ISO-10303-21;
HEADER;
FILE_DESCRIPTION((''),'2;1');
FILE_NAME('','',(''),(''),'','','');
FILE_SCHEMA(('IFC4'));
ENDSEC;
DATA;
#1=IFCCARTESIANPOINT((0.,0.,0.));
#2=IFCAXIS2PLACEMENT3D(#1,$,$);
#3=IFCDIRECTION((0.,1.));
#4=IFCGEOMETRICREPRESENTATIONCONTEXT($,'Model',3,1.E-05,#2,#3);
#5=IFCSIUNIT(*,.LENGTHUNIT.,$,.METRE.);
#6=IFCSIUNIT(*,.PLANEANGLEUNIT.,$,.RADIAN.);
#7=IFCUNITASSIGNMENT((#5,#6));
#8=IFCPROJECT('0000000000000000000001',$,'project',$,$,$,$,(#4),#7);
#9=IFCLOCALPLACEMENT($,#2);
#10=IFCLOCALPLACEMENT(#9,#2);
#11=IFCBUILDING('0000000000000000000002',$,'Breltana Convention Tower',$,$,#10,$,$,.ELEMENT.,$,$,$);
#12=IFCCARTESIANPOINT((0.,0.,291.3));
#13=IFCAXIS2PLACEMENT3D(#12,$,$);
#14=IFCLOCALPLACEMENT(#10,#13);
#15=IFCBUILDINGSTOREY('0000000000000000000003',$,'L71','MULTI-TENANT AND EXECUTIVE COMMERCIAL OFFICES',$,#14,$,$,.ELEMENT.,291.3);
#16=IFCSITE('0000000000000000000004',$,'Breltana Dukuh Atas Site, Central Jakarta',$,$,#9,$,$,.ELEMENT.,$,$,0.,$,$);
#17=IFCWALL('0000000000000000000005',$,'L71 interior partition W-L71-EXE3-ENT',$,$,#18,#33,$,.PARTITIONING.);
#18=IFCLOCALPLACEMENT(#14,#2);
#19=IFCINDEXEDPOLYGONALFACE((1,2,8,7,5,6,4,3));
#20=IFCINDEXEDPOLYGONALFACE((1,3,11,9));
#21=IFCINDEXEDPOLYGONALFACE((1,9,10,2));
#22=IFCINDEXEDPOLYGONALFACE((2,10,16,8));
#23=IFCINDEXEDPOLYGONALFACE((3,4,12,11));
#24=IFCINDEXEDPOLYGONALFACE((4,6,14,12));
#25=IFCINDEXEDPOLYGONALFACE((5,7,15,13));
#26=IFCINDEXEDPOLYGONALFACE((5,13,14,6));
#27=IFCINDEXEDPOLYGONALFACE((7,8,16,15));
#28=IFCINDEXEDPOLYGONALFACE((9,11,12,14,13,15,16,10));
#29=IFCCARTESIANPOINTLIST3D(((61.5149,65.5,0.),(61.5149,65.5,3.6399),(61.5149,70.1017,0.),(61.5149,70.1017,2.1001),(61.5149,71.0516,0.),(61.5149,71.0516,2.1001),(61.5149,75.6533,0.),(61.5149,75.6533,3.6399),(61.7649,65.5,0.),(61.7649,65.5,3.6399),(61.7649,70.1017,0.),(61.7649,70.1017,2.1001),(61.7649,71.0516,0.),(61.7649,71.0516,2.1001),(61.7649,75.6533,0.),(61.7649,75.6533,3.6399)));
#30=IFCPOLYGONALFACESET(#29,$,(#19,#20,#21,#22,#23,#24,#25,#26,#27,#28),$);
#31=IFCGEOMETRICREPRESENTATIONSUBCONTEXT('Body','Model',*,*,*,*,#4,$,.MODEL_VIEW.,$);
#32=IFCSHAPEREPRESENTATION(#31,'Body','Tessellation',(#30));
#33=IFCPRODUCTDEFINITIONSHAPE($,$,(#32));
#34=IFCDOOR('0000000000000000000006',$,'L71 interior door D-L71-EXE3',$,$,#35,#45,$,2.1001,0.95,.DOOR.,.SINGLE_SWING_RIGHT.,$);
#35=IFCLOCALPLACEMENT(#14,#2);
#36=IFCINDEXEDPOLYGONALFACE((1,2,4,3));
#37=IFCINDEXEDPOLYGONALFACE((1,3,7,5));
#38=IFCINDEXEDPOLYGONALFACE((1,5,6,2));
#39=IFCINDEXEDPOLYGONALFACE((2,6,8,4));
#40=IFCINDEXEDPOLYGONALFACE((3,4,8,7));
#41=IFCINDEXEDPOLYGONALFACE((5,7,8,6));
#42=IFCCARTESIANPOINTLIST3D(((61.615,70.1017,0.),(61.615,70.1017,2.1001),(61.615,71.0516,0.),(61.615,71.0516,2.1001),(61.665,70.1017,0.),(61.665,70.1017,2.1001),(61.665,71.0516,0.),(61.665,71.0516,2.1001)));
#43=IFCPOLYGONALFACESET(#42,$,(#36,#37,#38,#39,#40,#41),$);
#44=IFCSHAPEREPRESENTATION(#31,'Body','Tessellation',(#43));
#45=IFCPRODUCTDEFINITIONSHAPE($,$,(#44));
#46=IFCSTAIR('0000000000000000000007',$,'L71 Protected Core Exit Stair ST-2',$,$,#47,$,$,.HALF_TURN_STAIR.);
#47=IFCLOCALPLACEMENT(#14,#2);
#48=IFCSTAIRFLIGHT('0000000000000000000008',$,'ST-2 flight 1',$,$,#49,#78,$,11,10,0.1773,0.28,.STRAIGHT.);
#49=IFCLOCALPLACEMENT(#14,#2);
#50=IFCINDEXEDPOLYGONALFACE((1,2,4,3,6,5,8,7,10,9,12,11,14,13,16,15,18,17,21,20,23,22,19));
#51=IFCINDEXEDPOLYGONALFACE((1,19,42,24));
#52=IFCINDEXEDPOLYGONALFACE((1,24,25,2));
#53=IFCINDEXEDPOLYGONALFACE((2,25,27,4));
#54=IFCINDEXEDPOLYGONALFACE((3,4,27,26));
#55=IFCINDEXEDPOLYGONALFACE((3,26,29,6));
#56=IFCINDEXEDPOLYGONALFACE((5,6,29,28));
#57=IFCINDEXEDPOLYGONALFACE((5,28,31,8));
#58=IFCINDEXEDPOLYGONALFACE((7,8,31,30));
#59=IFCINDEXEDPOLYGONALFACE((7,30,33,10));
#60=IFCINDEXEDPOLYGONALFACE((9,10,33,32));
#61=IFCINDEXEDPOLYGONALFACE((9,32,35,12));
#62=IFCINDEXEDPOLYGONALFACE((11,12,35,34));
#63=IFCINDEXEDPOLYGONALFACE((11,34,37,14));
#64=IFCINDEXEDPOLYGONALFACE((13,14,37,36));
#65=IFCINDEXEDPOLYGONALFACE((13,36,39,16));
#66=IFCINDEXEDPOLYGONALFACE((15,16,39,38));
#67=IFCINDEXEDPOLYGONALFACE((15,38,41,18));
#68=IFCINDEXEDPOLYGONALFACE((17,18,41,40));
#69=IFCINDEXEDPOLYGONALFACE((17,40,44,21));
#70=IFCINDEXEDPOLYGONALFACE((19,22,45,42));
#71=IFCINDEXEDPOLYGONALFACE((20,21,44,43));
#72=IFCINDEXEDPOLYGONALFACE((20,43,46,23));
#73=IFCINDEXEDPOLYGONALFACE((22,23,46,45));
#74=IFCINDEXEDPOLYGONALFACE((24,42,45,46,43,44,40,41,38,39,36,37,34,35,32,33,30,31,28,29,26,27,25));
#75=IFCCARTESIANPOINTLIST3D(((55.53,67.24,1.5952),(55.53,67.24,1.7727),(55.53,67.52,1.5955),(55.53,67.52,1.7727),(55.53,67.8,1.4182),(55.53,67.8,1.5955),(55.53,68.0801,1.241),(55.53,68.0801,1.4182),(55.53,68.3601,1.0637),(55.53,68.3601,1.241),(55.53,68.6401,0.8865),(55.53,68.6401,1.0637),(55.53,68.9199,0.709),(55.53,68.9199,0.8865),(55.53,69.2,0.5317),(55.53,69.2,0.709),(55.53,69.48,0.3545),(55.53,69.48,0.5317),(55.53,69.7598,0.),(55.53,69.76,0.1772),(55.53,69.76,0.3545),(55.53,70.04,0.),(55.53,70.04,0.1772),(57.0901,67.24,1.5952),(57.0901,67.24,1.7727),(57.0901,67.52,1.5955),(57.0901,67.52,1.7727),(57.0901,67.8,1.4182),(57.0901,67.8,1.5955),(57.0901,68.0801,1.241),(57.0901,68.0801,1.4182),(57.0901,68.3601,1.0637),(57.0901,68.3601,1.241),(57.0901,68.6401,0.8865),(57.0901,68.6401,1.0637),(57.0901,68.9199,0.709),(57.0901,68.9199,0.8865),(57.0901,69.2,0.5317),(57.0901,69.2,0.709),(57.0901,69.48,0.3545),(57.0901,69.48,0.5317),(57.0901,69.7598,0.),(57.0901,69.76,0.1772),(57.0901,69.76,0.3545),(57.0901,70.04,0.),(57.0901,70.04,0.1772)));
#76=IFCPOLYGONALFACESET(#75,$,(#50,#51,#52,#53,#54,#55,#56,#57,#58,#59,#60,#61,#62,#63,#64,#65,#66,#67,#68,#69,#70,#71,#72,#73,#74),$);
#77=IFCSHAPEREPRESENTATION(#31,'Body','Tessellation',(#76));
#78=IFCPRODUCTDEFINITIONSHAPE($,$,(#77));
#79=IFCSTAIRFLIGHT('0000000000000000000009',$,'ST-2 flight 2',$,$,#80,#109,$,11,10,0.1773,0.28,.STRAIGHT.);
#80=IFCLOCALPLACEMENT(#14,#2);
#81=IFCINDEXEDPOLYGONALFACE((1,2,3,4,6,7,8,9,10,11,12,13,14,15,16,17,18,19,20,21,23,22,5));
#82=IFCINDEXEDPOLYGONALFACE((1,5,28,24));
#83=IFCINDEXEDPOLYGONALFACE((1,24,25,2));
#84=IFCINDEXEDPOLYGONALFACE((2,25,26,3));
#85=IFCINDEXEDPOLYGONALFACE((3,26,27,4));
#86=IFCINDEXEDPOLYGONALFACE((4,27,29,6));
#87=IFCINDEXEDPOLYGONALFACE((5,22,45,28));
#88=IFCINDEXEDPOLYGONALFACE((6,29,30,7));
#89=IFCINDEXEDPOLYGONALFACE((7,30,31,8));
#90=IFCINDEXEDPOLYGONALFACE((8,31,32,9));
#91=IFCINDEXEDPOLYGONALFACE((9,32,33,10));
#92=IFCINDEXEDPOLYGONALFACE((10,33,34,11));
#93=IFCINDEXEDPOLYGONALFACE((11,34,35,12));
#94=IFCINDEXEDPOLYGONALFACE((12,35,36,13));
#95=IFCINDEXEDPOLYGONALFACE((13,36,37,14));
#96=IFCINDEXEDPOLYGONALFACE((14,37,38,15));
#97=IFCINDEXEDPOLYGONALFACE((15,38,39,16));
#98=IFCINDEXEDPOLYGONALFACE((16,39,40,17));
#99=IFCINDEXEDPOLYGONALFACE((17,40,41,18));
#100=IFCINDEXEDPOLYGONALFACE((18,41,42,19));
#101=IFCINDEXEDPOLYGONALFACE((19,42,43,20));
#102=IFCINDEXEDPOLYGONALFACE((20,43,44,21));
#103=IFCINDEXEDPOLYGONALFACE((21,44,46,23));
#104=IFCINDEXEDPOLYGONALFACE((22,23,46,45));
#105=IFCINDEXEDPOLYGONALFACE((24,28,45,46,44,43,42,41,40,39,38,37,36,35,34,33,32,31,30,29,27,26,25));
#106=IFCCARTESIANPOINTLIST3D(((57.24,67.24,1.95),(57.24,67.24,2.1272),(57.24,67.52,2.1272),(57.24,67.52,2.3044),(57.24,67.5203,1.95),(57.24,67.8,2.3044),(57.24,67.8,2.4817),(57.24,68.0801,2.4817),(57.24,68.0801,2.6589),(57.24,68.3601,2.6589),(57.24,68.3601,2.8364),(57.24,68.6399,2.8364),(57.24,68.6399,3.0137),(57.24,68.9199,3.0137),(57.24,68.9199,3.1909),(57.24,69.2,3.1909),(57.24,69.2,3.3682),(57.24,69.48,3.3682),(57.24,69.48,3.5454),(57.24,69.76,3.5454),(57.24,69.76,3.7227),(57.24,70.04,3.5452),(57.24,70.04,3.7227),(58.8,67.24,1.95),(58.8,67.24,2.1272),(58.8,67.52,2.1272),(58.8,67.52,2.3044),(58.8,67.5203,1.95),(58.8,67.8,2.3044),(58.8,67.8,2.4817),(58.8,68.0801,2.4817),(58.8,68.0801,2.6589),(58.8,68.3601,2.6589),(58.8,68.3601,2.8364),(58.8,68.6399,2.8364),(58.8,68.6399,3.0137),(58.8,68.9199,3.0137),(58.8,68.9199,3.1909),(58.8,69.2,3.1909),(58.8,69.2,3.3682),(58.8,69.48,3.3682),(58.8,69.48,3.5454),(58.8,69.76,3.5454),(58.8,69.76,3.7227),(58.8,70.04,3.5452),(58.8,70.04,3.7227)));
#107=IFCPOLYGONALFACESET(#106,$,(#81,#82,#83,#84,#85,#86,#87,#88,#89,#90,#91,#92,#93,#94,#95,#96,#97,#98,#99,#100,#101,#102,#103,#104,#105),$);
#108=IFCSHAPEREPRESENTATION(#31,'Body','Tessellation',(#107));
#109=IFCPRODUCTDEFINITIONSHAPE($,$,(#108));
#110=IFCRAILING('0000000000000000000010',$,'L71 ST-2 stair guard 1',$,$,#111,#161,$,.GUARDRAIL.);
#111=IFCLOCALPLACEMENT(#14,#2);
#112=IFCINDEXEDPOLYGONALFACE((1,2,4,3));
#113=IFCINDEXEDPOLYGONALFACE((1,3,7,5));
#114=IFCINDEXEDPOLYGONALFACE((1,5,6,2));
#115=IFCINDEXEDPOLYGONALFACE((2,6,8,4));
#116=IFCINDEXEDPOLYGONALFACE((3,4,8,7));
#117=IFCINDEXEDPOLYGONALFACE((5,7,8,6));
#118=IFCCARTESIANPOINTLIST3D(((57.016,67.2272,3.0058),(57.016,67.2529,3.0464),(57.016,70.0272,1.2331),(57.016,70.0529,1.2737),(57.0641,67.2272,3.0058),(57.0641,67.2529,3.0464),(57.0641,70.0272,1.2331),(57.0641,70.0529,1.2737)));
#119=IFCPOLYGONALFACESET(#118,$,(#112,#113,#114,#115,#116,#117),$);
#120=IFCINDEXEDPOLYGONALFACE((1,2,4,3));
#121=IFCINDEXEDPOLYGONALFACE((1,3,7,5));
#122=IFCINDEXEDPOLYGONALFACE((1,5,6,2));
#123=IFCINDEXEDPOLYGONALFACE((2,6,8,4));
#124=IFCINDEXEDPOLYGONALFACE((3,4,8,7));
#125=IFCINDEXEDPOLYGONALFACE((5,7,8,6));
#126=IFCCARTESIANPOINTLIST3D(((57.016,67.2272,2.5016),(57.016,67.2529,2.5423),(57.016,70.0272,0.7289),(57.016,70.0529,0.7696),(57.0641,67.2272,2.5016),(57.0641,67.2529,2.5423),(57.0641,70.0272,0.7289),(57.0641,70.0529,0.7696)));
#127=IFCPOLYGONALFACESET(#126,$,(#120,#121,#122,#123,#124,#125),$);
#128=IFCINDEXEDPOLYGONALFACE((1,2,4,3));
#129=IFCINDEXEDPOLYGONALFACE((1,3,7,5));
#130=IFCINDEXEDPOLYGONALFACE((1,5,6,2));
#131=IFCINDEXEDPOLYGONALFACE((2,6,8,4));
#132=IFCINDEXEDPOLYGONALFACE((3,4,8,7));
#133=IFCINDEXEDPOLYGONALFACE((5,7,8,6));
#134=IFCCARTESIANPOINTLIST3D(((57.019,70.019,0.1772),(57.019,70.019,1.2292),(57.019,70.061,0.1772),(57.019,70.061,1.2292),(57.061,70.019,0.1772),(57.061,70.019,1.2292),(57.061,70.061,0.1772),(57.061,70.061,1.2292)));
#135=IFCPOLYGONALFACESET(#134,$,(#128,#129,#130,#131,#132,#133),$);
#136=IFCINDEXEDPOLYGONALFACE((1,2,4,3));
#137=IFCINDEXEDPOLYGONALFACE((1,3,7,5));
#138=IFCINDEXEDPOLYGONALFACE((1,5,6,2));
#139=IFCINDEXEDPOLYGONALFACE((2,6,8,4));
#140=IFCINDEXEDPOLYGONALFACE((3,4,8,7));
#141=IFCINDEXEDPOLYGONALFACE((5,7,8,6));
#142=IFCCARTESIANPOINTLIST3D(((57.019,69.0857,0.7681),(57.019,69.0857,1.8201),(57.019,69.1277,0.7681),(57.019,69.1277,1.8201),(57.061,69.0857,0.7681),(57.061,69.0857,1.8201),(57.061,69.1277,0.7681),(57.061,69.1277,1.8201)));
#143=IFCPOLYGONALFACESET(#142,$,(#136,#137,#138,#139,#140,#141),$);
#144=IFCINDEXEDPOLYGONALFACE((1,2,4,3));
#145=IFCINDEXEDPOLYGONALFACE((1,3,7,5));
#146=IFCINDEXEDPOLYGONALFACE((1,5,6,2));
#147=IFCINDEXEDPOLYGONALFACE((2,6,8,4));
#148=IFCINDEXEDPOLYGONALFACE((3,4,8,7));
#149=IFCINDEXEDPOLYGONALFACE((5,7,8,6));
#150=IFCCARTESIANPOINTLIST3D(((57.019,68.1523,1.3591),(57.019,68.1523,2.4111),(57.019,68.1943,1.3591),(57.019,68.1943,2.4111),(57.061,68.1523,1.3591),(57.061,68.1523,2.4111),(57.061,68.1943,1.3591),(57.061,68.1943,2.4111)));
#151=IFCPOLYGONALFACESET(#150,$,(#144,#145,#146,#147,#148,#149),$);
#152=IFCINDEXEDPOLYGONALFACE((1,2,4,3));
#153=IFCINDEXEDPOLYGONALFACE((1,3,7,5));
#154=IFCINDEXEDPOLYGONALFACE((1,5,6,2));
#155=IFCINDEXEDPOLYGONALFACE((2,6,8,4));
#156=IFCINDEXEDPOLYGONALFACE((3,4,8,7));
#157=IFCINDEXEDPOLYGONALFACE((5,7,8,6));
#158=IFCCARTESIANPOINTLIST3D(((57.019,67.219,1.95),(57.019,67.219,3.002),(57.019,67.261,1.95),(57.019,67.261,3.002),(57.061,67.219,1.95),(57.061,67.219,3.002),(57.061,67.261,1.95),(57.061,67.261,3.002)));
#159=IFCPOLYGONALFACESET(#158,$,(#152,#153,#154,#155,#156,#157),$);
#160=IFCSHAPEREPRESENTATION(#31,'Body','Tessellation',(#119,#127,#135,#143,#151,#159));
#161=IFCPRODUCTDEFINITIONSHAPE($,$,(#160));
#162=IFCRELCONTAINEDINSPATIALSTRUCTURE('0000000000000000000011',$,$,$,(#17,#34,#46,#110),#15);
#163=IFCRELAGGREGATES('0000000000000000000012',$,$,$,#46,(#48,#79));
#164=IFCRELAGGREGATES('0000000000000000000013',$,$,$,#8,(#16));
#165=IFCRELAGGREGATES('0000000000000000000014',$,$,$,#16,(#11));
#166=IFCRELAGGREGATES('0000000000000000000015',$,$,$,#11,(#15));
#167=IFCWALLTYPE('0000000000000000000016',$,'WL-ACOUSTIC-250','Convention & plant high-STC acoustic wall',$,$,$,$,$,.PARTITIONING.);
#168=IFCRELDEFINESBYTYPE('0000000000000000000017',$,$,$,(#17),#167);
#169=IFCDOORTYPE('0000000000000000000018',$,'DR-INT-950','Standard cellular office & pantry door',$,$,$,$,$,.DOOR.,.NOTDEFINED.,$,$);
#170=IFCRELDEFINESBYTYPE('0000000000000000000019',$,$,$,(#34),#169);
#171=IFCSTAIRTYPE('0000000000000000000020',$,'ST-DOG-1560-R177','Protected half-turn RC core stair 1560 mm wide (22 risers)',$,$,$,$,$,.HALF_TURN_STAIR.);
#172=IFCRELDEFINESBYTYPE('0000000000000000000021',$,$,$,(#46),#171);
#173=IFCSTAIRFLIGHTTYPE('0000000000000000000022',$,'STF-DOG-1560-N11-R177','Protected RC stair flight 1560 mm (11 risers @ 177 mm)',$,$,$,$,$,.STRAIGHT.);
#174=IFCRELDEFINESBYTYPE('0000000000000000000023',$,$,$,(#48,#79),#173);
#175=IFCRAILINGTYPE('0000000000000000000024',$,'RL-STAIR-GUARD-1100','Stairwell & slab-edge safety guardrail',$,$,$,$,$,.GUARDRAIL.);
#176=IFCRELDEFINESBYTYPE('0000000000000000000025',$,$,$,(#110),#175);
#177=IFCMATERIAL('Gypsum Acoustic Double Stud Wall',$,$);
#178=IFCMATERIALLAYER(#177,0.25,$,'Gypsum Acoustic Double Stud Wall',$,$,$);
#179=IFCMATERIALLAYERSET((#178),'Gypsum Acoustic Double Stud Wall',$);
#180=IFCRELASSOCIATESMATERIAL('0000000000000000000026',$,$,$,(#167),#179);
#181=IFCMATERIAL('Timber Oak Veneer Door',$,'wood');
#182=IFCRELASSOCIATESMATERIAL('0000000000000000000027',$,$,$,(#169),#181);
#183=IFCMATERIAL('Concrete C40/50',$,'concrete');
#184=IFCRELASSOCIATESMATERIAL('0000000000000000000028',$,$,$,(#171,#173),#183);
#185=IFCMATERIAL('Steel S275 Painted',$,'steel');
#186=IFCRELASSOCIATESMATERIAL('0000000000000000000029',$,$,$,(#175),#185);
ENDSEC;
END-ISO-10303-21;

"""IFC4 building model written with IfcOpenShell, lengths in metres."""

from ifc_helpers import new_model, si_unit, direction, frame, frame_2d, origin, origin_2d, place, context, subcontext, project, spatial, polyline, rectangle, outline, extrude, source, transform, mapped, material, layer, layer_set, type_object, type_shapes, element, fill, aggregate, save


model = new_model("IFC4")

# Units and contexts
model_context = context("Model", 3, precision=1e-05, world=origin(), true_north=direction((0.0, 1.0)))
body_context = subcontext(model_context, "Body", "Model", "MODEL_VIEW")
ifc_project = project(units=[si_unit("LENGTHUNIT", "METRE"), si_unit("PLANEANGLEUNIT", "RADIAN")], contexts=[model_context])

# Site, building, storey
site_placement = place(None, origin())
site = spatial("IfcSite", under=ifc_project, at=site_placement, Name="Breltana Dukuh Atas Site, Central Jakarta", CompositionType="ELEMENT", RefElevation=0.0)
building_placement = place(site_placement, origin())
building = spatial("IfcBuilding", under=site, at=building_placement, Name="Breltana Convention Tower", CompositionType="ELEMENT")
storey_placement = place(building_placement, frame((0.0, 0.0, 291.3)))
storey = spatial("IfcBuildingStorey", under=building, at=storey_placement, Name="L71", Description="MULTI-TENANT AND EXECUTIVE COMMERCIAL OFFICES", CompositionType="ELEMENT", Elevation=291.3)

# Shared definitions
ifc_material_1 = material(Name="Gypsum Acoustic Double Stud Wall")
ifc_layer_1 = layer(ifc_material_1, 0.25, Name="Gypsum Acoustic Double Stud Wall")
ifc_layer_set_1 = layer_set([ifc_layer_1], Name="Gypsum Acoustic Double Stud Wall")
wall_type_1 = type_object("IfcWallType", Name="WL-ACOUSTIC-250", Description="Convention & plant high-STC acoustic wall", PredefinedType="PARTITIONING", material=ifc_layer_set_1)

# Wall, opening, door
shared_shape_1 = source(origin(), body_context, "Body", "SweptSolid", [
    extrude(rectangle(XDim=10.1533, YDim=0.25, at=frame_2d((5.0767, 0.0))), origin(), (0.0, 0.0, 1.0), 3.6399),
])
wall_1_placement = place(storey_placement, frame((61.6399, 65.5, 0.0), z_axis=(0.0, 0.0, 1.0), x_axis=(0.0, 1.0, 0.0)))
wall_1 = element("IfcWall", 1, at=wall_1_placement, inside=storey, type_object=wall_type_1, Name="L71 interior partition W-L71-EXE3-ENT", PredefinedType="PARTITIONING", context=body_context, shape_type="MappedRepresentation", body=[
    mapped(shared_shape_1, transform((0.0, 0.0, 0.0), scale=1.0)),
])
opening_1_placement = place(wall_1_placement, frame((4.6016, 0.0, 0.0)))
opening_1 = element("IfcOpeningElement", 2, at=opening_1_placement, cuts=wall_1, PredefinedType="OPENING", context=body_context, shape_type="SweptSolid", body=[
    extrude(rectangle(XDim=0.95, YDim=2.1001, at=frame_2d((0.4751, 1.05))), frame((0.0, 0.135, 0.0), z_axis=(0.0, -1.0, 0.0), x_axis=(1.0, 0.0, 0.0)), (0.0, 0.0, 1.0), 0.27),
])
ifc_material_2 = material(Name="Timber Oak Veneer Door", Category="wood")
door_type = type_object("IfcDoorType", Name="DR-INT-950", Description="Standard cellular office & pantry door", OperationType="NOTDEFINED", PredefinedType="DOOR", material=ifc_material_2)
shared_shape_2 = source(origin(), body_context, "Body", "SweptSolid", [
    extrude(rectangle(XDim=0.95, YDim=2.1001, at=frame_2d((0.4751, 1.05))), frame((0.0, 0.0249, 0.0), z_axis=(0.0, -1.0, 0.0), x_axis=(1.0, 0.0, 0.0)), (0.0, 0.0, 1.0), 0.05),
])
type_shapes(door_type, [shared_shape_2])
door_placement = place(opening_1_placement, origin())
door = element("IfcDoor", 3, at=door_placement, inside=storey, type_object=door_type, Name="L71 interior door D-L71-EXE3", OperationType="SINGLE_SWING_RIGHT", OverallHeight=2.1001, OverallWidth=0.95, PredefinedType="DOOR", context=body_context, shape_type="MappedRepresentation", body=[
    mapped(shared_shape_2, transform((0.0, 0.0, 0.0), scale=1.0)),
])
fill(opening_1, door)

# Stair, stair flights
ifc_material_3 = material(Name="Concrete C40/50", Category="concrete")
stair_type = type_object("IfcStairType", Name="ST-DOG-1560-R177", Description="Protected half-turn RC core stair 1560 mm wide (22 risers)", PredefinedType="HALF_TURN_STAIR", material=ifc_material_3)
stair_placement = place(storey_placement, origin())
stair = element("IfcStair", 4, at=stair_placement, inside=storey, type_object=stair_type, Name="L71 Protected Core Exit Stair ST-2", PredefinedType="HALF_TURN_STAIR")
stair_flight_type = type_object("IfcStairFlightType", Name="STF-DOG-1560-N11-R177", Description="Protected RC stair flight 1560 mm (11 risers @ 177 mm)", PredefinedType="STRAIGHT", material=ifc_material_3)
stair_flight_1_placement = place(storey_placement, frame((56.3101, 70.04, 0.0), z_axis=(0.0, 0.0, 1.0), x_axis=(0.0, -1.0, 0.0)))
stair_flight_1 = element("IfcStairFlight", 5, at=stair_flight_1_placement, type_object=stair_flight_type, Name="ST-2 flight 1", NumberOfRisers=11, NumberOfTreads=10, PredefinedType="STRAIGHT", RiserHeight=0.1773, TreadLength=0.28, context=body_context, shape_type="SweptSolid", body=[
    extrude(outline(polyline([(0.0, 0.0), (0.0, 0.1772), (0.28, 0.1772), (0.28, 0.3545), (0.5601, 0.3545), (0.5601, 0.5317), (0.8401, 0.5317), (0.8401, 0.709), (1.1201, 0.709), (1.1201, 0.8865), (1.3999, 0.8865), (1.3999, 1.0637), (1.6799, 1.0637), (1.6799, 1.241), (1.96, 1.241), (1.96, 1.4182), (2.24, 1.4182), (2.24, 1.5955), (2.52, 1.5955), (2.52, 1.7727), (2.8, 1.7727), (2.8, 1.95), (2.8, 1.5952), (0.2803, 0.0), (0.0, 0.0)])), frame((0.0, 0.78, 0.0), z_axis=(0.0, -1.0, 0.0), x_axis=(1.0, 0.0, 0.0)), (0.0, 0.0, 1.0), 1.5601),
])
stair_flight_2_placement = place(storey_placement, frame((58.02, 67.24, 1.95), z_axis=(0.0, 0.0, 1.0), x_axis=(0.0, 1.0, 0.0)))
stair_flight_2 = element("IfcStairFlight", 6, at=stair_flight_2_placement, type_object=stair_flight_type, Name="ST-2 flight 2", NumberOfRisers=11, NumberOfTreads=10, PredefinedType="STRAIGHT", RiserHeight=0.1773, TreadLength=0.28, context=body_context, shape_type="SweptSolid", body=[
    extrude(outline(polyline([(0.0, 0.0), (0.0, 0.1772), (0.28, 0.1772), (0.28, 0.3545), (0.5601, 0.3545), (0.5601, 0.5317), (0.8401, 0.5317), (0.8401, 0.709), (1.1201, 0.709), (1.1201, 0.8865), (1.3999, 0.8865), (1.3999, 1.0637), (1.6799, 1.0637), (1.6799, 1.241), (1.96, 1.241), (1.96, 1.4182), (2.24, 1.4182), (2.24, 1.5955), (2.52, 1.5955), (2.52, 1.7727), (2.8, 1.7727), (2.8, 1.95), (2.8, 1.5952), (0.2803, 0.0), (0.0, 0.0)])), frame((0.0, 0.78, 0.0), z_axis=(0.0, -1.0, 0.0), x_axis=(1.0, 0.0, 0.0)), (0.0, 0.0, 1.0), 1.5601),
])
aggregate(stair, [stair_flight_1, stair_flight_2])

# Railing
ifc_material_4 = material(Name="Steel S275 Painted", Category="steel")
railing_type_1 = type_object("IfcRailingType", Name="RL-STAIR-GUARD-1100", Description="Stairwell & slab-edge safety guardrail", PredefinedType="GUARDRAIL", material=ifc_material_4)
railing_1_placement = place(storey_placement, frame((57.04, 70.04, 0.1772)))
element("IfcRailing", 7, at=railing_1_placement, inside=storey, type_object=railing_type_1, Name="L71 ST-2 stair guard 1", PredefinedType="GUARDRAIL", context=body_context, shape_type="SweptSolid", body=[
    extrude(rectangle(XDim=0.0481, YDim=0.0481, at=origin_2d()), frame((0.0, 0.0, 1.0762), z_axis=(0.0, -0.844909, 0.53491), x_axis=(1.0, 0.0, 0.0)), (0.0, 0.0, 1.0), 3.314),
    extrude(rectangle(XDim=0.0481, YDim=0.0481, at=origin_2d()), frame((0.0, 0.0, 0.572), z_axis=(0.0, -0.844909, 0.53491), x_axis=(1.0, 0.0, 0.0)), (0.0, 0.0, 1.0), 3.314),
    extrude(rectangle(XDim=0.042, YDim=0.042, at=origin_2d()), origin(), (0.0, 0.0, 1.0), 1.052),
    extrude(rectangle(XDim=0.042, YDim=0.042, at=origin_2d()), frame((0.0, -0.9333, 0.5908)), (0.0, 0.0, 1.0), 1.052),
    extrude(rectangle(XDim=0.042, YDim=0.042, at=origin_2d()), frame((0.0, -1.8667, 1.1819)), (0.0, 0.0, 1.0), 1.052),
    extrude(rectangle(XDim=0.042, YDim=0.042, at=origin_2d()), frame((0.0, -2.8, 1.7727)), (0.0, 0.0, 1.0), 1.052),
])

save(model, "model.ifc")
